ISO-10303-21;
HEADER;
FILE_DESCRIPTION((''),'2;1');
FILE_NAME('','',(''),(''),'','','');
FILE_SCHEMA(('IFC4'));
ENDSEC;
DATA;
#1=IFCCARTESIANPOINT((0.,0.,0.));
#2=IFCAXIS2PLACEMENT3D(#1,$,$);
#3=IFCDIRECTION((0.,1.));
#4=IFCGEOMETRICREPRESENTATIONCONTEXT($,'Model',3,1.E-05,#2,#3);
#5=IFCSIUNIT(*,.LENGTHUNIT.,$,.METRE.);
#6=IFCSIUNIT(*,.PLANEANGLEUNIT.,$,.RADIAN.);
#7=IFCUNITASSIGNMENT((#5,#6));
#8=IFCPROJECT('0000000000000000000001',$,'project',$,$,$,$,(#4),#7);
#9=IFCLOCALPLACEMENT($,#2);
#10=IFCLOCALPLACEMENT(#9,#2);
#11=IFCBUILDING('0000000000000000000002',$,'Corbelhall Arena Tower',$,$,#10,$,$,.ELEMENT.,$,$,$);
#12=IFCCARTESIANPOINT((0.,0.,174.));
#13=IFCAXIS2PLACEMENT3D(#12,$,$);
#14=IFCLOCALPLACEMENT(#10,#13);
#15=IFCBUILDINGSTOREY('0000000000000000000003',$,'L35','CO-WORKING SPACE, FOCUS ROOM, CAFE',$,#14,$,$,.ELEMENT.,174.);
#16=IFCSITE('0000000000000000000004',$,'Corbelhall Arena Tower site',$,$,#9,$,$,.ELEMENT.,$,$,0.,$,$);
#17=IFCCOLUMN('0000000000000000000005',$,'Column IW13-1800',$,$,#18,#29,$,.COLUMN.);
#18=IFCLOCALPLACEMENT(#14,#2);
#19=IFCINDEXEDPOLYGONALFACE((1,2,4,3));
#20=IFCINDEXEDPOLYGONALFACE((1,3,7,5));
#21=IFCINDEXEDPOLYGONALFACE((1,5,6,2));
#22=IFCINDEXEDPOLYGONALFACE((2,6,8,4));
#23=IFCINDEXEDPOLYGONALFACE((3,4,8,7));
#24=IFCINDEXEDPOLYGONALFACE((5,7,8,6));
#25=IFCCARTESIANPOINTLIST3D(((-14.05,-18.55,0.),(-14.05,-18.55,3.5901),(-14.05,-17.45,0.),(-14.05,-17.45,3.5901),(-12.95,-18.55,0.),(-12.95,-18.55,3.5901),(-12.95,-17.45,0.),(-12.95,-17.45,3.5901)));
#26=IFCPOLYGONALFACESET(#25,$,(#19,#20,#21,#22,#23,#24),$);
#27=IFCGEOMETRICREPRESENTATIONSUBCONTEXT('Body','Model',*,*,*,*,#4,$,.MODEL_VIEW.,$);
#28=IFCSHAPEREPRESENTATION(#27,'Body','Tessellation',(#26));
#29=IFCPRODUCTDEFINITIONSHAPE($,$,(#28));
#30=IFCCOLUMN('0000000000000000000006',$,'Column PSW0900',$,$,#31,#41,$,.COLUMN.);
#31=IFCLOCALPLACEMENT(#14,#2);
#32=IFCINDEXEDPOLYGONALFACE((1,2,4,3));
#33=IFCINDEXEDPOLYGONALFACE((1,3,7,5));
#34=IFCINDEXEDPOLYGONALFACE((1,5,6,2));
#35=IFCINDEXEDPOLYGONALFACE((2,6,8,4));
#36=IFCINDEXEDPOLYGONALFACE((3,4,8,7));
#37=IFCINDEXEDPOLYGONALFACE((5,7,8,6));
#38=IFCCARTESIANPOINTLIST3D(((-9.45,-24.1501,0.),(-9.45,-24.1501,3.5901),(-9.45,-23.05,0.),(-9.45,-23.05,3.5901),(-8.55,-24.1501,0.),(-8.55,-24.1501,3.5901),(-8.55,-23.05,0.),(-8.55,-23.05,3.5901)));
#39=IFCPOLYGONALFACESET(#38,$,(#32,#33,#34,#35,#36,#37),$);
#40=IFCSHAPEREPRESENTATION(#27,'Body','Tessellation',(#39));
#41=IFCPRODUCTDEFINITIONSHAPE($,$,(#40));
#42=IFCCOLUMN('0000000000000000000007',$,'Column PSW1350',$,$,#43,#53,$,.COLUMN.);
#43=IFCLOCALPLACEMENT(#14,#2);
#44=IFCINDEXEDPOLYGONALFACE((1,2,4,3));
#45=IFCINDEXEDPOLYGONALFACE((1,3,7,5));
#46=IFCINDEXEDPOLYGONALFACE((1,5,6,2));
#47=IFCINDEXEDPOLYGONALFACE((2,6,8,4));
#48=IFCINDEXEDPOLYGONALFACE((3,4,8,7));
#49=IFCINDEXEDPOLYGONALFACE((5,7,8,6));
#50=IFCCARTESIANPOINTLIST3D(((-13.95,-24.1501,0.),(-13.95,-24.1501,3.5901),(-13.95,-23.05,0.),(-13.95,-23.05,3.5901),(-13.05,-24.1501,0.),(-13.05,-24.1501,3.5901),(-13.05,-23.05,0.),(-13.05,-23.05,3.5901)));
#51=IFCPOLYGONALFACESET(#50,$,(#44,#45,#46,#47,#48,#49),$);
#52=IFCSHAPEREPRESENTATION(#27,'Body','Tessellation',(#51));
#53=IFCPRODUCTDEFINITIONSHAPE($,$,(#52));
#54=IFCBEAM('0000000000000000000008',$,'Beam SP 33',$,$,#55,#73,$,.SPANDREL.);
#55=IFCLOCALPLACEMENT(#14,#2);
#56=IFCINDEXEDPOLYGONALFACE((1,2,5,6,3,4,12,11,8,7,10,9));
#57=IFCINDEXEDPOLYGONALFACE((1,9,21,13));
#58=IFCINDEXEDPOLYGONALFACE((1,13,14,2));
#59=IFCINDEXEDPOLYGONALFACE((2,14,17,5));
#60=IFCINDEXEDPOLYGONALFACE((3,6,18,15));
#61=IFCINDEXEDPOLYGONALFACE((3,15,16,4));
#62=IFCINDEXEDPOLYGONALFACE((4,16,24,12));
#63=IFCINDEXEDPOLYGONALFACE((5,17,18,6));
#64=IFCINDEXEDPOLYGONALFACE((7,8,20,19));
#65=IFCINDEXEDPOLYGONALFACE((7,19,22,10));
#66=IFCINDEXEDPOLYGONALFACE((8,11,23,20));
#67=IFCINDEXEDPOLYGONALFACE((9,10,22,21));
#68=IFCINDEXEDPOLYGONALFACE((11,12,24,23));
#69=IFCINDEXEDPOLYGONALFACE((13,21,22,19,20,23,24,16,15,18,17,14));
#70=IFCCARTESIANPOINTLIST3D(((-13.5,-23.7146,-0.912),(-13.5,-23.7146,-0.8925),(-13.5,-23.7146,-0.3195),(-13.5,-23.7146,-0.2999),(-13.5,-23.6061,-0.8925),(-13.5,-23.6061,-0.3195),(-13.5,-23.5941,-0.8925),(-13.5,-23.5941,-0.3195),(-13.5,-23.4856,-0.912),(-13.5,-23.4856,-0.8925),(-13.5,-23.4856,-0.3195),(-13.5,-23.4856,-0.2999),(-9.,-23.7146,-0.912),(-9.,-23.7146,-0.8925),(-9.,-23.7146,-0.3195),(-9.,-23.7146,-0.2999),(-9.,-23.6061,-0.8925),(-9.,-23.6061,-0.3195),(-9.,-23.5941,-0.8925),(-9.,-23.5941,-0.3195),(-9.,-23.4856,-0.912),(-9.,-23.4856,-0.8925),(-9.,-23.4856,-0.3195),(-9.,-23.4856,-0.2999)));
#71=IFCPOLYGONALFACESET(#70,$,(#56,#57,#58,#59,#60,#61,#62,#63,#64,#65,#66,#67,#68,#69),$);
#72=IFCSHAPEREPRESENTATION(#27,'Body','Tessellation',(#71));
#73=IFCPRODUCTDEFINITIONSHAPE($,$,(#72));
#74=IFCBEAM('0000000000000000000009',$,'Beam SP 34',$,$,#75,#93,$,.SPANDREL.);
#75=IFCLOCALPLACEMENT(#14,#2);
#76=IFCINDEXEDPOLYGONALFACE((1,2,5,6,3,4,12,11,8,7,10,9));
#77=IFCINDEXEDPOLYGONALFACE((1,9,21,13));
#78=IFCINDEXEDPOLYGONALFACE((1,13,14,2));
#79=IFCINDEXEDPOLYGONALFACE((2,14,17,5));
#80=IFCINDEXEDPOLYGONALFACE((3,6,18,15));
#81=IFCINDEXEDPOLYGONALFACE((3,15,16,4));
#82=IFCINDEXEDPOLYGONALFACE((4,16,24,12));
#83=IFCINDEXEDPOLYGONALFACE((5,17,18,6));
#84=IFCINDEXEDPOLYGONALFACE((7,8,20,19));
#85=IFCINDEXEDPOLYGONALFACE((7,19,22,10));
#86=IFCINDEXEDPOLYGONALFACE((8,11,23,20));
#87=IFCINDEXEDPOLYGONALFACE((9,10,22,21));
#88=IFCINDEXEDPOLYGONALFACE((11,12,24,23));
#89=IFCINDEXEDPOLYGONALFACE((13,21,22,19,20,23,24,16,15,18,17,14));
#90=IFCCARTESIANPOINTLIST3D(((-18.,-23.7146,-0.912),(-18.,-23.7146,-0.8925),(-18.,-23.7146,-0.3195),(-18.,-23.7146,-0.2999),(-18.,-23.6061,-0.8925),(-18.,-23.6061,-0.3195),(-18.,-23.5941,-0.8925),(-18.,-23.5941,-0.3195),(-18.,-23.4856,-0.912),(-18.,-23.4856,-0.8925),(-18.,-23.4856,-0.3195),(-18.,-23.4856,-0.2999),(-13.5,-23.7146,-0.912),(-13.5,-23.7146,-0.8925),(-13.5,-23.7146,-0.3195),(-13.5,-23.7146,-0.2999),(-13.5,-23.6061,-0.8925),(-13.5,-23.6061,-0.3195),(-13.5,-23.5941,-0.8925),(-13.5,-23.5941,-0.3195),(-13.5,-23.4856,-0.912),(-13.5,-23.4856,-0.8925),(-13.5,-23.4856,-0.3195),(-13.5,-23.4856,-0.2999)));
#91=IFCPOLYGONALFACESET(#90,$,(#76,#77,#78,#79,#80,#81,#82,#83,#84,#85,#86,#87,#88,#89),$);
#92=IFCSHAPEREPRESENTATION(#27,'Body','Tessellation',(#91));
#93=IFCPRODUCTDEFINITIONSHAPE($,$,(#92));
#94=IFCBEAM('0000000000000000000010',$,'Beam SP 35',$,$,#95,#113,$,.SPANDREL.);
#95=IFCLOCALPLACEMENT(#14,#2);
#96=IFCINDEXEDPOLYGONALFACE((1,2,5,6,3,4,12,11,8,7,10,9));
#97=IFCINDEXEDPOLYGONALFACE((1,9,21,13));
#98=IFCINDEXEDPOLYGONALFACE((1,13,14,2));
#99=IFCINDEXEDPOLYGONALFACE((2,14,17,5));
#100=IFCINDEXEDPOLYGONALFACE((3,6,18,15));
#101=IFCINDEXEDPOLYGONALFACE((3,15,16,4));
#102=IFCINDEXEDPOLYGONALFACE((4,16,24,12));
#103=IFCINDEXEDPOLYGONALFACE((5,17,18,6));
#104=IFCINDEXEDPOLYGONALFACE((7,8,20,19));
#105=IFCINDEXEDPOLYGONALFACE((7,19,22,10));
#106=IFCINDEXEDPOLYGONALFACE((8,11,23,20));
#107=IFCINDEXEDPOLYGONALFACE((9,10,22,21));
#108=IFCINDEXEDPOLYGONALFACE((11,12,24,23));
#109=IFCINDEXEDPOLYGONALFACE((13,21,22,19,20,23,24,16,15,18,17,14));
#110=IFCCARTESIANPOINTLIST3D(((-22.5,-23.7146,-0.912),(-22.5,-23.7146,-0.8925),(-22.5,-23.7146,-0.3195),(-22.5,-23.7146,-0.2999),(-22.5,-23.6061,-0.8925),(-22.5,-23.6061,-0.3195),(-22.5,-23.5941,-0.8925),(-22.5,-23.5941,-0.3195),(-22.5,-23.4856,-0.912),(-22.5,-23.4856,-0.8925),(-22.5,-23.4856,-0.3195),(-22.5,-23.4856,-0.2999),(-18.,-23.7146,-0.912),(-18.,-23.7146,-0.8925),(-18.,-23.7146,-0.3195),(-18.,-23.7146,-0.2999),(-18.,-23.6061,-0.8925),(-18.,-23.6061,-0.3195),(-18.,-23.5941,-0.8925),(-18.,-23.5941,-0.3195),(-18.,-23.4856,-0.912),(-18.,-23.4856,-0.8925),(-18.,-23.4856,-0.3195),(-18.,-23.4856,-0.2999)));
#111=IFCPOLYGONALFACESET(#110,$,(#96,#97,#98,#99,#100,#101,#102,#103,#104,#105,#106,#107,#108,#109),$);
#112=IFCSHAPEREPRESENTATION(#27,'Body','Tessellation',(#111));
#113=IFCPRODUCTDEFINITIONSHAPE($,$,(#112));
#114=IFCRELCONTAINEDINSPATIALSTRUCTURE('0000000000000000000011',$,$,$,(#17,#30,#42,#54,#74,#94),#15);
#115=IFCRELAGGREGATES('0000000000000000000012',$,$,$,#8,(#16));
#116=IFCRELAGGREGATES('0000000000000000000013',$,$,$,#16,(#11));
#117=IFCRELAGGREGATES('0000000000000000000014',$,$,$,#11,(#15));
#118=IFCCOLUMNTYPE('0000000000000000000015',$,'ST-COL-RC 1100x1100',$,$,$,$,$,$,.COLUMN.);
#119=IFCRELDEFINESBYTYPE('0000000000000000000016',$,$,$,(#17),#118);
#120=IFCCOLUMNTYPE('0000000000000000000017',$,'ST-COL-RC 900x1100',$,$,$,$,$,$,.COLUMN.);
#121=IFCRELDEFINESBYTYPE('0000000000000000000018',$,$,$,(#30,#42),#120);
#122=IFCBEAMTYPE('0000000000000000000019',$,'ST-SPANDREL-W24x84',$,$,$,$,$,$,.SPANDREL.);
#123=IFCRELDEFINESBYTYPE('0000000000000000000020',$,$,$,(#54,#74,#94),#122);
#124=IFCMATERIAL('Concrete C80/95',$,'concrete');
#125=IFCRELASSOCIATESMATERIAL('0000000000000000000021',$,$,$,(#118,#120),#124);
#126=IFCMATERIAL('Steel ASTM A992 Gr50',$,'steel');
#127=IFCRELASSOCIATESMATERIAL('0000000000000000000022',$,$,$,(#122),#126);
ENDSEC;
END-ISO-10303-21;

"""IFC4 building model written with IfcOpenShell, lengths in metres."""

from ifc_helpers import new_model, si_unit, direction, frame, origin, origin_2d, place, context, subcontext, project, spatial, rectangle, i_section, extrude, material, material_profile, profile_set, type_object, element, save


model = new_model("IFC4")

# Units and contexts
model_context = context("Model", 3, precision=1e-05, world=origin(), true_north=direction((0.0, 1.0)))
body_context = subcontext(model_context, "Body", "Model", "MODEL_VIEW")
ifc_project = project(units=[si_unit("LENGTHUNIT", "METRE"), si_unit("PLANEANGLEUNIT", "RADIAN")], contexts=[model_context])

# Site, building, storey
site_placement = place(None, origin())
site = spatial("IfcSite", under=ifc_project, at=site_placement, Name="Corbelhall Arena Tower site", CompositionType="ELEMENT", RefElevation=0.0)
building_placement = place(site_placement, origin())
building = spatial("IfcBuilding", under=site, at=building_placement, Name="Corbelhall Arena Tower", CompositionType="ELEMENT")
storey_placement = place(building_placement, frame((0.0, 0.0, 174.0)))
storey = spatial("IfcBuildingStorey", under=building, at=storey_placement, Name="L35", Description="CO-WORKING SPACE, FOCUS ROOM, CAFE", CompositionType="ELEMENT", Elevation=174.0)

# Columns
ifc_material_1 = material(Name="Concrete C80/95", Category="concrete")
ifc_material_profile_1 = material_profile(ifc_material_1, rectangle(XDim=1.1001, YDim=1.1001, at=origin_2d()))
ifc_profile_set_1 = profile_set([ifc_material_profile_1], Name="Concrete C80/95")
column_type_1 = type_object("IfcColumnType", Name="ST-COL-RC 1100x1100", PredefinedType="COLUMN", material=ifc_profile_set_1)
column_placement = place(storey_placement, frame((-13.5, -18.0, 0.0), z_axis=(0.0, 0.0, 1.0), x_axis=(1.0, 0.0, 0.0)))
element("IfcColumn", 1, at=column_placement, inside=storey, type_object=column_type_1, Name="Column IW13-1800", PredefinedType="COLUMN", context=body_context, shape_type="SweptSolid", body=[
    extrude(rectangle(XDim=1.1001, YDim=1.1001, at=origin_2d()), origin(), (0.0, 0.0, 1.0), 3.5901),
])
ifc_material_profile_2 = material_profile(ifc_material_1, rectangle(XDim=0.8999, YDim=1.1001, at=origin_2d()))
ifc_profile_set_2 = profile_set([ifc_material_profile_2], Name="Concrete C80/95")
column_type_2 = type_object("IfcColumnType", Name="ST-COL-RC 900x1100", PredefinedType="COLUMN", material=ifc_profile_set_2)
for number, where, z_axis, x_axis, name in (
    (2, (-9.0, -23.6001, 0.0), (0.0, 0.0, 1.0), (1.0, 0.0, 0.0), "Column PSW0900"),
    (3, (-13.5, -23.6001, 0.0), (0.0, 0.0, 1.0), (1.0, 0.0, 0.0), "Column PSW1350"),
):
    element("IfcColumn", number, at=place(storey_placement, frame(where, z_axis=z_axis, x_axis=x_axis)), inside=storey, type_object=column_type_2, Name=name, PredefinedType="COLUMN", context=body_context, shape_type="SweptSolid", body=[
        extrude(rectangle(XDim=0.8999, YDim=1.1001, at=origin_2d()), origin(), (0.0, 0.0, 1.0), 3.5901),
    ])

# Beams
ifc_material_2 = material(Name="Steel ASTM A992 Gr50", Category="steel")
ifc_material_profile_3 = material_profile(ifc_material_2, i_section(OverallWidth=0.229, OverallDepth=0.6121, WebThickness=0.012, FlangeThickness=0.0195, at=origin_2d()))
ifc_profile_set_3 = profile_set([ifc_material_profile_3], Name="Steel ASTM A992 Gr50")
beam_type = type_object("IfcBeamType", Name="ST-SPANDREL-W24x84", PredefinedType="SPANDREL", material=ifc_profile_set_3)
for number, where, z_axis, x_axis, name in (
    (4, (-9.0, -23.6001, -0.606), (-1.0, 0.0, 0.0), (0.0, -1.0, 0.0), "Beam SP 33"),
    (5, (-13.5, -23.6001, -0.606), (-1.0, 0.0, 0.0), (0.0, -1.0, 0.0), "Beam SP 34"),
    (6, (-18.0, -23.6001, -0.606), (-1.0, 0.0, 0.0), (0.0, -1.0, 0.0), "Beam SP 35"),
):
    element("IfcBeam", number, at=place(storey_placement, frame(where, z_axis=z_axis, x_axis=x_axis)), inside=storey, type_object=beam_type, Name=name, PredefinedType="SPANDREL", context=body_context, shape_type="SweptSolid", body=[
        extrude(i_section(OverallWidth=0.229, OverallDepth=0.6121, WebThickness=0.012, FlangeThickness=0.0195, at=origin_2d()), origin(), (0.0, 0.0, 1.0), 4.5),
    ])

save(model, "model.ifc")
